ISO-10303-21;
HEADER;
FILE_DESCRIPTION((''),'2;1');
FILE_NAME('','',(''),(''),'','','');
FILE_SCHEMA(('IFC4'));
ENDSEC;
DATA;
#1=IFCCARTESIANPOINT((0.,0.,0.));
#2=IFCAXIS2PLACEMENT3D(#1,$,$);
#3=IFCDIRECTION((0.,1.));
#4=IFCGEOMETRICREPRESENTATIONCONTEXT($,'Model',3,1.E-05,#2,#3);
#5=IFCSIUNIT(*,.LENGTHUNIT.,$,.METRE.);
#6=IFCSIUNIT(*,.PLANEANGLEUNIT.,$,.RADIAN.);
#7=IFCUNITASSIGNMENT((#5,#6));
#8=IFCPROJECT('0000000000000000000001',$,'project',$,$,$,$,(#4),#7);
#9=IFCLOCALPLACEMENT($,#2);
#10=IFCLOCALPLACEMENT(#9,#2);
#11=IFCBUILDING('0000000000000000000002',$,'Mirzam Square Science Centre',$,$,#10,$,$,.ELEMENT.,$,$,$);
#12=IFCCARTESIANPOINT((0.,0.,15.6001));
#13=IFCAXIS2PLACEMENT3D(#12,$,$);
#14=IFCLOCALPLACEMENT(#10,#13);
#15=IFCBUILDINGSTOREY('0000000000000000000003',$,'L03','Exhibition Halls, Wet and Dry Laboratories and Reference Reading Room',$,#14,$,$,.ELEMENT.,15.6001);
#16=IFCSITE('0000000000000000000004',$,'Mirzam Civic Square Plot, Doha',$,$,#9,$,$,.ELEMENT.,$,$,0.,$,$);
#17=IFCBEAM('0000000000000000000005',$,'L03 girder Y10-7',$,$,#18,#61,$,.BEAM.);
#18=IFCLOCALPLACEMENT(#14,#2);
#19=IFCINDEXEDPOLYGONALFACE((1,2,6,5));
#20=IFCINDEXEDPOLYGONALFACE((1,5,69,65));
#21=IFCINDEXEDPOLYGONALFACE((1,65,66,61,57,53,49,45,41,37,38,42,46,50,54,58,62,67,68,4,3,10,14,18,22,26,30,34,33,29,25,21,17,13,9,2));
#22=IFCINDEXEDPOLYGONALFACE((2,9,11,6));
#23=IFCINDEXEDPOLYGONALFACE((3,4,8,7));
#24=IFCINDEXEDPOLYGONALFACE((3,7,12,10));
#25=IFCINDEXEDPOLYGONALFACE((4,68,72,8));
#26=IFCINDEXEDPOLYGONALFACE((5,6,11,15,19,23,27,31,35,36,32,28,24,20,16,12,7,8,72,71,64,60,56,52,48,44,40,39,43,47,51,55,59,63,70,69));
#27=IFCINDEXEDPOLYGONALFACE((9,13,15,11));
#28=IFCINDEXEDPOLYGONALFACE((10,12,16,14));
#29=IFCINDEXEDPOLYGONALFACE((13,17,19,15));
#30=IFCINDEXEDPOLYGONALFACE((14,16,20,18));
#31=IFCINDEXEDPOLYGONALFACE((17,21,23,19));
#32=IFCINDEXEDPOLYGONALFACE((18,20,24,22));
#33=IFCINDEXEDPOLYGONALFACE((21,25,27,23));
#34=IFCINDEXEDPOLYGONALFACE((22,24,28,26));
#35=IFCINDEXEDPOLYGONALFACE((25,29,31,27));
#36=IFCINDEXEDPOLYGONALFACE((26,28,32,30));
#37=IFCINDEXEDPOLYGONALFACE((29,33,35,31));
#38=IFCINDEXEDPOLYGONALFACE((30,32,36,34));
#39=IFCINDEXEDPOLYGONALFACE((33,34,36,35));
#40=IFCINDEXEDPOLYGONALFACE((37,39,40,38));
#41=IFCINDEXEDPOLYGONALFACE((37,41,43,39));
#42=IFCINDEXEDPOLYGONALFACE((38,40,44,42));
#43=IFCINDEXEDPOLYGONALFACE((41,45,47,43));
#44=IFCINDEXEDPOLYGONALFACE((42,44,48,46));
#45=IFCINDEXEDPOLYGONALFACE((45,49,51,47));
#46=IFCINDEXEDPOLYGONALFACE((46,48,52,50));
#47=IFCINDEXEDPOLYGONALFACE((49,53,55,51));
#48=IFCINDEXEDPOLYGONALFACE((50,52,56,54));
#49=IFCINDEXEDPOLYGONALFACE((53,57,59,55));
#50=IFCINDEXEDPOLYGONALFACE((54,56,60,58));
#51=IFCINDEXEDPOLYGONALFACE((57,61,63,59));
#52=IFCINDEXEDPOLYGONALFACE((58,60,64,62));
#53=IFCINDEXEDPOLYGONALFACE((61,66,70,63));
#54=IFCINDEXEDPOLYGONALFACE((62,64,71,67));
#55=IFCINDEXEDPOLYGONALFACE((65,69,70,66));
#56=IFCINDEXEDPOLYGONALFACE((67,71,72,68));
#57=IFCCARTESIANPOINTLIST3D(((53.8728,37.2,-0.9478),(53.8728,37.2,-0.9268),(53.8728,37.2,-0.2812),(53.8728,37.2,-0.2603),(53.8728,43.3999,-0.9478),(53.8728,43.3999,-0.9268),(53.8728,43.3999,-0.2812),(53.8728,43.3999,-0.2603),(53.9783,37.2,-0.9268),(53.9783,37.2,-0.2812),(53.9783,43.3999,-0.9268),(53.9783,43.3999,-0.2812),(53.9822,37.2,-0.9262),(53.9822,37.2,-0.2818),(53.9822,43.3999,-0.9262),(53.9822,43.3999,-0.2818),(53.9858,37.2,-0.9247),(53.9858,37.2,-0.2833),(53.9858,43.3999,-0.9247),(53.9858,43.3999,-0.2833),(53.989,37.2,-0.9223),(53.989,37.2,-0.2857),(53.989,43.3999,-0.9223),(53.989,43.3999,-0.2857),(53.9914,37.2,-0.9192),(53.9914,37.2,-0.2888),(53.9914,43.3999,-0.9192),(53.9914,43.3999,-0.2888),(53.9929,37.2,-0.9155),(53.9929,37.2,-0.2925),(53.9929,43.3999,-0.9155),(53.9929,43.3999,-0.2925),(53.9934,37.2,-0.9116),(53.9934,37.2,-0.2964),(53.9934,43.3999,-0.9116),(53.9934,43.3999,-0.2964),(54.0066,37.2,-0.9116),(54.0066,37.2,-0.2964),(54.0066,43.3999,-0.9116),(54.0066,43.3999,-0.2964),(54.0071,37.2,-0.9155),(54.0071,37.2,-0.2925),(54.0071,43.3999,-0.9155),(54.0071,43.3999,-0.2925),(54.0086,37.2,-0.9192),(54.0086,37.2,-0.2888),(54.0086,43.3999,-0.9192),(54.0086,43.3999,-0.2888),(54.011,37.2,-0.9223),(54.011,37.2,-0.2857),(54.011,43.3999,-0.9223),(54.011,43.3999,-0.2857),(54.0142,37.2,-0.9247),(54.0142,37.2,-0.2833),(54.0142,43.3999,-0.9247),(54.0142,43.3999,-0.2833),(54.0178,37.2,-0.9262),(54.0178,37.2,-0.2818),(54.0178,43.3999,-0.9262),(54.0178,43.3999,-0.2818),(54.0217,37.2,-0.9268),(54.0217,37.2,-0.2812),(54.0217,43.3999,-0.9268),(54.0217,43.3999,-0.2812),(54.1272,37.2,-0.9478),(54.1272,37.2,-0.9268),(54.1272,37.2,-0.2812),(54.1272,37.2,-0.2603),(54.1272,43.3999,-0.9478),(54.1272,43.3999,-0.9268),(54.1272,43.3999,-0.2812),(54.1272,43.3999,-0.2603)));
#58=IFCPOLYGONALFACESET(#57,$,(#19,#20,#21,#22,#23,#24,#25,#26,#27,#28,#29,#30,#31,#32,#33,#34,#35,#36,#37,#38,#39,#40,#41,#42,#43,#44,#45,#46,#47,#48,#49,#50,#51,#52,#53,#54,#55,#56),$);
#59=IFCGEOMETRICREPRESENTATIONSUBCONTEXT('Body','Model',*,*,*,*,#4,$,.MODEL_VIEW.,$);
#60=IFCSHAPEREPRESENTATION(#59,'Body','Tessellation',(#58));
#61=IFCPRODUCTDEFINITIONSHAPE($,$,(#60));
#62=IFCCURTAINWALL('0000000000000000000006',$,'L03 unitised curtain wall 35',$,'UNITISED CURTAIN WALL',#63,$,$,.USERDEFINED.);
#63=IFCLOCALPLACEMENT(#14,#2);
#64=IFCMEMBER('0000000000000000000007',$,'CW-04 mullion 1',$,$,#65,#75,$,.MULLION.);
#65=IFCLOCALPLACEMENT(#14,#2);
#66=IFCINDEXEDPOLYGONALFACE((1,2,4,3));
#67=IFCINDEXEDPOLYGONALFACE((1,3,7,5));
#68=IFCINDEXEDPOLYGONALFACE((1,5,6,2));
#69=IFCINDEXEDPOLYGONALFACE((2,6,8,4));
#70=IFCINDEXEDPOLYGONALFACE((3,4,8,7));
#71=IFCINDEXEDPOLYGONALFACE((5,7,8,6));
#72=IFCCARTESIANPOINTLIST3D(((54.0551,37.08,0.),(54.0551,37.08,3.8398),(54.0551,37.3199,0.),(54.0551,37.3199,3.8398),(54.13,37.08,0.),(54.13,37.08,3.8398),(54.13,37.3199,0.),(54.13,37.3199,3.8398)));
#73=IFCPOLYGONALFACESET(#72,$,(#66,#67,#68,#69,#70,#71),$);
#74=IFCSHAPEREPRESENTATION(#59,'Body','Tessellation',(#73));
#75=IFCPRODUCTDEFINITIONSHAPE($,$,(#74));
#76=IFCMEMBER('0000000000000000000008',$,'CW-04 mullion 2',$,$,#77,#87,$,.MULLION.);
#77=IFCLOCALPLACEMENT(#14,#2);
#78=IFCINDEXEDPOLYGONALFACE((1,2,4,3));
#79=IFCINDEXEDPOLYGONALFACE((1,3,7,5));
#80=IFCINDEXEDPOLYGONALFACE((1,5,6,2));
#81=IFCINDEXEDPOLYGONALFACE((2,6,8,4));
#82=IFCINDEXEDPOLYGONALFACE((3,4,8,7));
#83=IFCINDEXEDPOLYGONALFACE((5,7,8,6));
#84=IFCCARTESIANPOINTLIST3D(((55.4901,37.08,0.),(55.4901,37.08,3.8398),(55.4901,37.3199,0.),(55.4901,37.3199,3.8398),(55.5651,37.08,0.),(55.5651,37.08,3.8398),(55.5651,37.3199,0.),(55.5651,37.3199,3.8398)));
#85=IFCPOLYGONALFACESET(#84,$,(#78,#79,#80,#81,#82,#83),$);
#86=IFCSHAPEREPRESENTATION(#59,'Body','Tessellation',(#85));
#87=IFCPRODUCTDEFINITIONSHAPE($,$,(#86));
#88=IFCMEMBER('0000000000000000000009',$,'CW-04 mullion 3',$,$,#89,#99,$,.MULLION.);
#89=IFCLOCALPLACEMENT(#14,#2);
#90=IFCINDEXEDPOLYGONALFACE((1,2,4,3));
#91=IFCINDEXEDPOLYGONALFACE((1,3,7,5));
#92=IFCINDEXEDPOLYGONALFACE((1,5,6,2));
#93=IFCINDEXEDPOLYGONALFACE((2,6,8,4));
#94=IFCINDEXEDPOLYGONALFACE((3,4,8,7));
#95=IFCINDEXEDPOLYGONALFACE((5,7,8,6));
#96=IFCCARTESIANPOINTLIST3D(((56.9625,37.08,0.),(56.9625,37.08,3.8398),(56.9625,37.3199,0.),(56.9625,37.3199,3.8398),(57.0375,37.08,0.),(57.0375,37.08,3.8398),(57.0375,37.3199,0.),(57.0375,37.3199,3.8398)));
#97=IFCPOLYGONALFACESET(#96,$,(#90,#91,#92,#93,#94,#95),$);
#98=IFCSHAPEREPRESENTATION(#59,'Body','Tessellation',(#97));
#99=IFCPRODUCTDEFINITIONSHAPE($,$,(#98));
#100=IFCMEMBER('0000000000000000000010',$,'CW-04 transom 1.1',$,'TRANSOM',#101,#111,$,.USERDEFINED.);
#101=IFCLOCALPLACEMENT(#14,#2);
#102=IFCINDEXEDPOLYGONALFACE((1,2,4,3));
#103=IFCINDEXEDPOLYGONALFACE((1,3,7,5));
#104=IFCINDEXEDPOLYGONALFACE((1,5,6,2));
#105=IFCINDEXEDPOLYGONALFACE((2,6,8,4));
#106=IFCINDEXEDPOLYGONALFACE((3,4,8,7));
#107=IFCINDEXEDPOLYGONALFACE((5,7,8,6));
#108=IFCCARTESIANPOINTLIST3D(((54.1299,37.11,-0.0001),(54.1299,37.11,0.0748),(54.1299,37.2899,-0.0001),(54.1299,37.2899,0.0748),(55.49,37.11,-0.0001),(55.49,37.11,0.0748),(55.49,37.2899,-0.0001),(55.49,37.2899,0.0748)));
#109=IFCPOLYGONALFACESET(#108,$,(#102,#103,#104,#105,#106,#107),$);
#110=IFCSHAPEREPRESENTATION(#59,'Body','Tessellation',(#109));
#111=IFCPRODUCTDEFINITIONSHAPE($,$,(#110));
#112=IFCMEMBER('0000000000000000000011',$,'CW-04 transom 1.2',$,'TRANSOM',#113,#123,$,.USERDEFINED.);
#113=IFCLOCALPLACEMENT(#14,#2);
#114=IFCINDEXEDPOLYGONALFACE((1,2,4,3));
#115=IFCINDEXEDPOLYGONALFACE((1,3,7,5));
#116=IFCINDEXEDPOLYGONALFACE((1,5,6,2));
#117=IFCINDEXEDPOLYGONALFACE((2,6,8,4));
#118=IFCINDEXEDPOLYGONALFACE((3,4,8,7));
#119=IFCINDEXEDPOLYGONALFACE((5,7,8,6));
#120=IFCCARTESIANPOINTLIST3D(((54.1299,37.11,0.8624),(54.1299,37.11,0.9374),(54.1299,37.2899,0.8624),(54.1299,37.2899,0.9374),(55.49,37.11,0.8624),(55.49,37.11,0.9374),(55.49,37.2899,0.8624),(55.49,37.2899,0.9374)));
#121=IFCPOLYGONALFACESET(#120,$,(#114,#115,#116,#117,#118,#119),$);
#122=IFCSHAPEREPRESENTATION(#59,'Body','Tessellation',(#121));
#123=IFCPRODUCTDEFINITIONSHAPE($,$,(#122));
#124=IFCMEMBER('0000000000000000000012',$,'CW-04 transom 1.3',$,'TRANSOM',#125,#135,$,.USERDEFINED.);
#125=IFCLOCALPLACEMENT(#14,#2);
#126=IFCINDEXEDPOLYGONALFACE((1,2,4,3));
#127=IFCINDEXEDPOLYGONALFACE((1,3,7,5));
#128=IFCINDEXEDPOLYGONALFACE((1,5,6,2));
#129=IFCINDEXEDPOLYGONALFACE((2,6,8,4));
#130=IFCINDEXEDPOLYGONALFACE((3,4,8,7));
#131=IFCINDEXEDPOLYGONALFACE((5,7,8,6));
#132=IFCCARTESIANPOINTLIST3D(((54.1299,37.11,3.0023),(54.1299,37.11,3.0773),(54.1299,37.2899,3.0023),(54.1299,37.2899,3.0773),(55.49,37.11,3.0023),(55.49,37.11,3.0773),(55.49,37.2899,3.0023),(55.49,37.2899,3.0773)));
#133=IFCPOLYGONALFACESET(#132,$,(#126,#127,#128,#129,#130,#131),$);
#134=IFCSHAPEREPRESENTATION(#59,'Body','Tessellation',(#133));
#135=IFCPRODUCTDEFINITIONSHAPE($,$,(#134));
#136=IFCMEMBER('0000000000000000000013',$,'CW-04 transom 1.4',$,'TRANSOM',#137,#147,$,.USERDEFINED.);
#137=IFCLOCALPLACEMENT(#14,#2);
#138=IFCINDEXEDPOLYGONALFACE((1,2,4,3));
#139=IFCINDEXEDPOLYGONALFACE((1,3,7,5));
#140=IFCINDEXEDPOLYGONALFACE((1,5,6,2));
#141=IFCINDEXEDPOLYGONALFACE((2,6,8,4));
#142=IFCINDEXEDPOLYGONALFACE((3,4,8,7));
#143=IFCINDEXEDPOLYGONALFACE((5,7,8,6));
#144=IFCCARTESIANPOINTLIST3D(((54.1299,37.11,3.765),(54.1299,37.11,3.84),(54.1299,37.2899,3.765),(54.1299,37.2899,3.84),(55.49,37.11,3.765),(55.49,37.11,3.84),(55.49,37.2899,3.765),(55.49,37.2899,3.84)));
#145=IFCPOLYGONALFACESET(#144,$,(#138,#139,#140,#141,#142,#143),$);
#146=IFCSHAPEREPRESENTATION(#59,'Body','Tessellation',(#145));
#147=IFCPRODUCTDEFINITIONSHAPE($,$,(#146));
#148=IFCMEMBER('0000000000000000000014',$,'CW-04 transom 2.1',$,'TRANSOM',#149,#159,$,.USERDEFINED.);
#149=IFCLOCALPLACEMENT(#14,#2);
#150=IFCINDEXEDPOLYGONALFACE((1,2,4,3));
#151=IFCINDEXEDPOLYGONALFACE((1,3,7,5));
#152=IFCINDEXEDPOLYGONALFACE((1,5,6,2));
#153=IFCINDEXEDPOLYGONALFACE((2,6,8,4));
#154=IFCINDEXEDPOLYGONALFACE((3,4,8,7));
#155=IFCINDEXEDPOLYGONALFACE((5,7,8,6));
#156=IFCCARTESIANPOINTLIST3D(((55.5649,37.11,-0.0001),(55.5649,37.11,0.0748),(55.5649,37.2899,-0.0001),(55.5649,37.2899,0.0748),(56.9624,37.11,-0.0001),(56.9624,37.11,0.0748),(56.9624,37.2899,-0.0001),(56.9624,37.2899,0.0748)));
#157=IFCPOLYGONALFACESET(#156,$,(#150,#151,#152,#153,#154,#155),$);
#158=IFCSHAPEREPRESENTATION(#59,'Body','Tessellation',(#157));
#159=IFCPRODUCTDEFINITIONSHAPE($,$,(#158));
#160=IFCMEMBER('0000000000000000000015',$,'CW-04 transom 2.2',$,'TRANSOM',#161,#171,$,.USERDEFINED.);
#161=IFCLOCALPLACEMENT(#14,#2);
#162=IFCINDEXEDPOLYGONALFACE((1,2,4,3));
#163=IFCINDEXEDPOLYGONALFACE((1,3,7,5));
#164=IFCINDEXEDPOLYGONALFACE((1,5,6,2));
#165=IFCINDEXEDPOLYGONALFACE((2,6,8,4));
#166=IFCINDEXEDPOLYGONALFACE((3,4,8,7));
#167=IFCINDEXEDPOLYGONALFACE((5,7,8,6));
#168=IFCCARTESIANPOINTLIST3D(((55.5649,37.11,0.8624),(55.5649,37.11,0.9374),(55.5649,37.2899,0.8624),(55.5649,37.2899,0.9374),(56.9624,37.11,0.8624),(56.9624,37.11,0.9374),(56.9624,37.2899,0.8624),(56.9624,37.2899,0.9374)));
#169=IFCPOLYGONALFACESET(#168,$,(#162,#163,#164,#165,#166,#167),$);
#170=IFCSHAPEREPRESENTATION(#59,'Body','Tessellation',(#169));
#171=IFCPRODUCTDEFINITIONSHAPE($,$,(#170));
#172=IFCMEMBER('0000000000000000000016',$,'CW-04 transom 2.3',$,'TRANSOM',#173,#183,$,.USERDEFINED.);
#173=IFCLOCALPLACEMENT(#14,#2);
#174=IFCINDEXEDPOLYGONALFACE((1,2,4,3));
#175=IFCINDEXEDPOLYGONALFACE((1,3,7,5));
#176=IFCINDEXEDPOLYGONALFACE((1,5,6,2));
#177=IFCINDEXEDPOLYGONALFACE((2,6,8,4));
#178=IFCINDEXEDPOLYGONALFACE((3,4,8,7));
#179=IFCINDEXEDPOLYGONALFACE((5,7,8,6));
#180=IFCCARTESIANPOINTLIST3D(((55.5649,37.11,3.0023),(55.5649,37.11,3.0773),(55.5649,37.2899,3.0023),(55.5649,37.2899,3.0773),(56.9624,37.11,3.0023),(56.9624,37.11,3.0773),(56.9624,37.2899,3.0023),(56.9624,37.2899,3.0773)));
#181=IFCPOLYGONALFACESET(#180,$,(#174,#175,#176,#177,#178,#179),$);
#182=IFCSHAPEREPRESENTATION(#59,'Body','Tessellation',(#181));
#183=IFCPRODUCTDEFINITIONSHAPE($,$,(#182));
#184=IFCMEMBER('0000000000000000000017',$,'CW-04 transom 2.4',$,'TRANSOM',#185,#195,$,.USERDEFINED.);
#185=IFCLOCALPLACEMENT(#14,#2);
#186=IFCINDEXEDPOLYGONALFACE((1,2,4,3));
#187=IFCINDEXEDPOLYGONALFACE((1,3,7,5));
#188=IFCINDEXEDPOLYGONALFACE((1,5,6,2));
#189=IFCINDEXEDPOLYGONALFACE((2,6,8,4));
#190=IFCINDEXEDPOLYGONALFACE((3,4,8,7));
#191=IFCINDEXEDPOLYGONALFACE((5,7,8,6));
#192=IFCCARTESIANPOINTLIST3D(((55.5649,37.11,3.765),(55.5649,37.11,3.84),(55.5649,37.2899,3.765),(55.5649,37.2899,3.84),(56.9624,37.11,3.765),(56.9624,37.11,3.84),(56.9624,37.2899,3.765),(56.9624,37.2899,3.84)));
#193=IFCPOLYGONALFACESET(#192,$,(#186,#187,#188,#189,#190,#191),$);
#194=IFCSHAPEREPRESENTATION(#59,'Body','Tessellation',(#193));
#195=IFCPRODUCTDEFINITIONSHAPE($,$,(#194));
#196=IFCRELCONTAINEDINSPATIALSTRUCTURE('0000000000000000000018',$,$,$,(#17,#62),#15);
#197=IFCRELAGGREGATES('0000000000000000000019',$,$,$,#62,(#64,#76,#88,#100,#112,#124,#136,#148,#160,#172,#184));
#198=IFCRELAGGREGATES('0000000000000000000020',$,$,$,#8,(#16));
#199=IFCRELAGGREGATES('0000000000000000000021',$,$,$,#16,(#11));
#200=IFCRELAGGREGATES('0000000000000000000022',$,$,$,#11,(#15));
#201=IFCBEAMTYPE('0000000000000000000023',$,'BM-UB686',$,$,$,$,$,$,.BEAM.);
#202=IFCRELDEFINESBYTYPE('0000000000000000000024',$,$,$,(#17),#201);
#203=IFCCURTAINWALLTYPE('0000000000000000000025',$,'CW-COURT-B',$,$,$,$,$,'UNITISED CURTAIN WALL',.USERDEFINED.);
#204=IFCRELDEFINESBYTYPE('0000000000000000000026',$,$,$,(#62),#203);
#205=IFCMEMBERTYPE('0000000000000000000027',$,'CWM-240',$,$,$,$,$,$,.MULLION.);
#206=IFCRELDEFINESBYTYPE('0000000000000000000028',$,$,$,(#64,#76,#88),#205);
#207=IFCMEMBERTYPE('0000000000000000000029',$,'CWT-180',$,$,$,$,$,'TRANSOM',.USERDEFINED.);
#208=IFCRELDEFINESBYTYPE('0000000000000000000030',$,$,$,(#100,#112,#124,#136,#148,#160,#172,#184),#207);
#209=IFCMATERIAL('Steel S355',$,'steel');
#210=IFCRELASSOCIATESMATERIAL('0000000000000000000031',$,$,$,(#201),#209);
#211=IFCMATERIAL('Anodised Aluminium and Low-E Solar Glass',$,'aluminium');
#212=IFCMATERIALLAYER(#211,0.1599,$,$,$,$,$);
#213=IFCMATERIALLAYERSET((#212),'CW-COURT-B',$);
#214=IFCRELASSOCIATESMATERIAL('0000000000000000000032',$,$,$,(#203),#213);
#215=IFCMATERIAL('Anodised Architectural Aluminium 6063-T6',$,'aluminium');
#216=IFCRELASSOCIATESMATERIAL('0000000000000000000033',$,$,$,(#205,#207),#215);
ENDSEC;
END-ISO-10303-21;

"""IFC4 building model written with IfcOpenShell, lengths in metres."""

from ifc_helpers import new_model, si_unit, direction, frame, origin, origin_2d, place, context, subcontext, project, spatial, rectangle, i_section, extrude, material, layer, layer_set, material_profile, profile_set, type_object, element, aggregate, save


model = new_model("IFC4")

# Units and contexts
model_context = context("Model", 3, precision=1e-05, world=origin(), true_north=direction((0.0, 1.0)))
body_context = subcontext(model_context, "Body", "Model", "MODEL_VIEW")
ifc_project = project(units=[si_unit("LENGTHUNIT", "METRE"), si_unit("PLANEANGLEUNIT", "RADIAN")], contexts=[model_context])

# Site, building, storey
site_placement = place(None, origin())
site = spatial("IfcSite", under=ifc_project, at=site_placement, Name="Mirzam Civic Square Plot, Doha", CompositionType="ELEMENT", RefElevation=0.0)
building_placement = place(site_placement, origin())
building = spatial("IfcBuilding", under=site, at=building_placement, Name="Mirzam Square Science Centre", CompositionType="ELEMENT")
storey_placement = place(building_placement, frame((0.0, 0.0, 15.6001)))
storey = spatial("IfcBuildingStorey", under=building, at=storey_placement, Name="L03", Description="Exhibition Halls, Wet and Dry Laboratories and Reference Reading Room", CompositionType="ELEMENT", Elevation=15.6001)

# Beam
ifc_material_1 = material(Name="Steel S355", Category="steel")
ifc_material_profile_1 = material_profile(ifc_material_1, i_section(OverallWidth=0.2544, OverallDepth=0.6875, WebThickness=0.0132, FlangeThickness=0.021, FilletRadius=0.0151, at=origin_2d()), Name="686x254x152UB")
ifc_profile_set_1 = profile_set([ifc_material_profile_1], Name="Steel S355")
beam_type_1 = type_object("IfcBeamType", Name="BM-UB686", PredefinedType="BEAM", material=ifc_profile_set_1)
beam_1_placement = place(storey_placement, frame((54.0, 37.2, -0.604), z_axis=(0.0, 1.0, 0.0), x_axis=(-1.0, 0.0, 0.0)))
element("IfcBeam", 1, at=beam_1_placement, inside=storey, type_object=beam_type_1, Name="L03 girder Y10-7", PredefinedType="BEAM", context=body_context, shape_type="SweptSolid", body=[
    extrude(i_section(OverallWidth=0.2544, OverallDepth=0.6875, WebThickness=0.0132, FlangeThickness=0.021, FilletRadius=0.0151, at=origin_2d()), origin(), (0.0, 0.0, 1.0), 6.2),
])

# Curtain wall, members
ifc_material_2 = material(Name="Anodised Aluminium and Low-E Solar Glass", Category="aluminium")
ifc_layer_1 = layer(ifc_material_2, 0.1599)
ifc_layer_set_1 = layer_set([ifc_layer_1], Name="CW-COURT-B")
curtain_wall_type = type_object("IfcCurtainWallType", Name="CW-COURT-B", ElementType="UNITISED CURTAIN WALL", PredefinedType="USERDEFINED", material=ifc_layer_set_1)
curtain_wall_placement = place(storey_placement, origin())
curtain_wall = element("IfcCurtainWall", 2, at=curtain_wall_placement, inside=storey, type_object=curtain_wall_type, Name="L03 unitised curtain wall 35", ObjectType="UNITISED CURTAIN WALL", PredefinedType="USERDEFINED")
ifc_material_3 = material(Name="Anodised Architectural Aluminium 6063-T6", Category="aluminium")
ifc_material_profile_2 = material_profile(ifc_material_3, rectangle(XDim=0.075, YDim=0.24, at=origin_2d()), Name="ALU-MULL-240x75x5")
ifc_profile_set_2 = profile_set([ifc_material_profile_2], Name="Anodised Architectural Aluminium 6063-T6")
member_type_1 = type_object("IfcMemberType", Name="CWM-240", PredefinedType="MULLION", material=ifc_profile_set_2)
member_1_placement = place(storey_placement, frame((54.0925, 37.2, 0.0), z_axis=(0.0, 0.0, 1.0), x_axis=(1.0, 0.0, 0.0)))
member_1 = element("IfcMember", 3, at=member_1_placement, type_object=member_type_1, Name="CW-04 mullion 1", PredefinedType="MULLION", context=body_context, shape_type="SweptSolid", body=[
    extrude(rectangle(XDim=0.075, YDim=0.24, at=origin_2d()), origin(), (0.0, 0.0, 1.0), 3.8398),
])
member_2_placement = place(storey_placement, frame((55.5276, 37.2, 0.0), z_axis=(0.0, 0.0, 1.0), x_axis=(1.0, 0.0, 0.0)))
member_2 = element("IfcMember", 4, at=member_2_placement, type_object=member_type_1, Name="CW-04 mullion 2", PredefinedType="MULLION", context=body_context, shape_type="SweptSolid", body=[
    extrude(rectangle(XDim=0.075, YDim=0.24, at=origin_2d()), origin(), (0.0, 0.0, 1.0), 3.8398),
])
member_3_placement = place(storey_placement, frame((57.0, 37.2, 0.0), z_axis=(0.0, 0.0, 1.0), x_axis=(1.0, 0.0, 0.0)))
member_3 = element("IfcMember", 5, at=member_3_placement, type_object=member_type_1, Name="CW-04 mullion 3", PredefinedType="MULLION", context=body_context, shape_type="SweptSolid", body=[
    extrude(rectangle(XDim=0.075, YDim=0.24, at=origin_2d()), origin(), (0.0, 0.0, 1.0), 3.8398),
])
ifc_material_profile_3 = material_profile(ifc_material_3, rectangle(XDim=0.1799, YDim=0.075, at=origin_2d()), Name="ALU-TRAN-180x75x5")
ifc_profile_set_3 = profile_set([ifc_material_profile_3], Name="Anodised Architectural Aluminium 6063-T6")
member_type_2 = type_object("IfcMemberType", Name="CWT-180", ElementType="TRANSOM", PredefinedType="USERDEFINED", material=ifc_profile_set_3)
member_4_placement = place(storey_placement, frame((54.1299, 37.2, 0.0374), z_axis=(1.0, 0.0, 0.0), x_axis=(0.0, 1.0, 0.0)))
member_4 = element("IfcMember", 6, at=member_4_placement, type_object=member_type_2, Name="CW-04 transom 1.1", ObjectType="TRANSOM", PredefinedType="USERDEFINED", context=body_context, shape_type="SweptSolid", body=[
    extrude(rectangle(XDim=0.1799, YDim=0.075, at=origin_2d()), origin(), (0.0, 0.0, 1.0), 1.3601),
])
member_5_placement = place(storey_placement, frame((54.1299, 37.2, 0.8999), z_axis=(1.0, 0.0, 0.0), x_axis=(0.0, 1.0, 0.0)))
member_5 = element("IfcMember", 7, at=member_5_placement, type_object=member_type_2, Name="CW-04 transom 1.2", ObjectType="TRANSOM", PredefinedType="USERDEFINED", context=body_context, shape_type="SweptSolid", body=[
    extrude(rectangle(XDim=0.1799, YDim=0.075, at=origin_2d()), origin(), (0.0, 0.0, 1.0), 1.3601),
])
member_6_placement = place(storey_placement, frame((54.1299, 37.2, 3.0398), z_axis=(1.0, 0.0, 0.0), x_axis=(0.0, 1.0, 0.0)))
member_6 = element("IfcMember", 8, at=member_6_placement, type_object=member_type_2, Name="CW-04 transom 1.3", ObjectType="TRANSOM", PredefinedType="USERDEFINED", context=body_context, shape_type="SweptSolid", body=[
    extrude(rectangle(XDim=0.1799, YDim=0.075, at=origin_2d()), origin(), (0.0, 0.0, 1.0), 1.3601),
])
member_7_placement = place(storey_placement, frame((54.1299, 37.2, 3.8025), z_axis=(1.0, 0.0, 0.0), x_axis=(0.0, 1.0, 0.0)))
member_7 = element("IfcMember", 9, at=member_7_placement, type_object=member_type_2, Name="CW-04 transom 1.4", ObjectType="TRANSOM", PredefinedType="USERDEFINED", context=body_context, shape_type="SweptSolid", body=[
    extrude(rectangle(XDim=0.1799, YDim=0.075, at=origin_2d()), origin(), (0.0, 0.0, 1.0), 1.3601),
])
member_8_placement = place(storey_placement, frame((55.5649, 37.2, 0.0374), z_axis=(1.0, 0.0, 0.0), x_axis=(0.0, 1.0, 0.0)))
member_8 = element("IfcMember", 10, at=member_8_placement, type_object=member_type_2, Name="CW-04 transom 2.1", ObjectType="TRANSOM", PredefinedType="USERDEFINED", context=body_context, shape_type="SweptSolid", body=[
    extrude(rectangle(XDim=0.1799, YDim=0.075, at=origin_2d()), origin(), (0.0, 0.0, 1.0), 1.3975),
])
member_9_placement = place(storey_placement, frame((55.5649, 37.2, 0.8999), z_axis=(1.0, 0.0, 0.0), x_axis=(0.0, 1.0, 0.0)))
member_9 = element("IfcMember", 11, at=member_9_placement, type_object=member_type_2, Name="CW-04 transom 2.2", ObjectType="TRANSOM", PredefinedType="USERDEFINED", context=body_context, shape_type="SweptSolid", body=[
    extrude(rectangle(XDim=0.1799, YDim=0.075, at=origin_2d()), origin(), (0.0, 0.0, 1.0), 1.3975),
])
member_10_placement = place(storey_placement, frame((55.5649, 37.2, 3.0398), z_axis=(1.0, 0.0, 0.0), x_axis=(0.0, 1.0, 0.0)))
member_10 = element("IfcMember", 12, at=member_10_placement, type_object=member_type_2, Name="CW-04 transom 2.3", ObjectType="TRANSOM", PredefinedType="USERDEFINED", context=body_context, shape_type="SweptSolid", body=[
    extrude(rectangle(XDim=0.1799, YDim=0.075, at=origin_2d()), origin(), (0.0, 0.0, 1.0), 1.3975),
])
member_11_placement = place(storey_placement, frame((55.5649, 37.2, 3.8025), z_axis=(1.0, 0.0, 0.0), x_axis=(0.0, 1.0, 0.0)))
member_11 = element("IfcMember", 13, at=member_11_placement, type_object=member_type_2, Name="CW-04 transom 2.4", ObjectType="TRANSOM", PredefinedType="USERDEFINED", context=body_context, shape_type="SweptSolid", body=[
    extrude(rectangle(XDim=0.1799, YDim=0.075, at=origin_2d()), origin(), (0.0, 0.0, 1.0), 1.3975),
])

aggregate(curtain_wall, [member_1, member_2, member_3, member_4, member_5, member_6, member_7, member_8, member_9, member_10, member_11])

save(model, "model.ifc")
